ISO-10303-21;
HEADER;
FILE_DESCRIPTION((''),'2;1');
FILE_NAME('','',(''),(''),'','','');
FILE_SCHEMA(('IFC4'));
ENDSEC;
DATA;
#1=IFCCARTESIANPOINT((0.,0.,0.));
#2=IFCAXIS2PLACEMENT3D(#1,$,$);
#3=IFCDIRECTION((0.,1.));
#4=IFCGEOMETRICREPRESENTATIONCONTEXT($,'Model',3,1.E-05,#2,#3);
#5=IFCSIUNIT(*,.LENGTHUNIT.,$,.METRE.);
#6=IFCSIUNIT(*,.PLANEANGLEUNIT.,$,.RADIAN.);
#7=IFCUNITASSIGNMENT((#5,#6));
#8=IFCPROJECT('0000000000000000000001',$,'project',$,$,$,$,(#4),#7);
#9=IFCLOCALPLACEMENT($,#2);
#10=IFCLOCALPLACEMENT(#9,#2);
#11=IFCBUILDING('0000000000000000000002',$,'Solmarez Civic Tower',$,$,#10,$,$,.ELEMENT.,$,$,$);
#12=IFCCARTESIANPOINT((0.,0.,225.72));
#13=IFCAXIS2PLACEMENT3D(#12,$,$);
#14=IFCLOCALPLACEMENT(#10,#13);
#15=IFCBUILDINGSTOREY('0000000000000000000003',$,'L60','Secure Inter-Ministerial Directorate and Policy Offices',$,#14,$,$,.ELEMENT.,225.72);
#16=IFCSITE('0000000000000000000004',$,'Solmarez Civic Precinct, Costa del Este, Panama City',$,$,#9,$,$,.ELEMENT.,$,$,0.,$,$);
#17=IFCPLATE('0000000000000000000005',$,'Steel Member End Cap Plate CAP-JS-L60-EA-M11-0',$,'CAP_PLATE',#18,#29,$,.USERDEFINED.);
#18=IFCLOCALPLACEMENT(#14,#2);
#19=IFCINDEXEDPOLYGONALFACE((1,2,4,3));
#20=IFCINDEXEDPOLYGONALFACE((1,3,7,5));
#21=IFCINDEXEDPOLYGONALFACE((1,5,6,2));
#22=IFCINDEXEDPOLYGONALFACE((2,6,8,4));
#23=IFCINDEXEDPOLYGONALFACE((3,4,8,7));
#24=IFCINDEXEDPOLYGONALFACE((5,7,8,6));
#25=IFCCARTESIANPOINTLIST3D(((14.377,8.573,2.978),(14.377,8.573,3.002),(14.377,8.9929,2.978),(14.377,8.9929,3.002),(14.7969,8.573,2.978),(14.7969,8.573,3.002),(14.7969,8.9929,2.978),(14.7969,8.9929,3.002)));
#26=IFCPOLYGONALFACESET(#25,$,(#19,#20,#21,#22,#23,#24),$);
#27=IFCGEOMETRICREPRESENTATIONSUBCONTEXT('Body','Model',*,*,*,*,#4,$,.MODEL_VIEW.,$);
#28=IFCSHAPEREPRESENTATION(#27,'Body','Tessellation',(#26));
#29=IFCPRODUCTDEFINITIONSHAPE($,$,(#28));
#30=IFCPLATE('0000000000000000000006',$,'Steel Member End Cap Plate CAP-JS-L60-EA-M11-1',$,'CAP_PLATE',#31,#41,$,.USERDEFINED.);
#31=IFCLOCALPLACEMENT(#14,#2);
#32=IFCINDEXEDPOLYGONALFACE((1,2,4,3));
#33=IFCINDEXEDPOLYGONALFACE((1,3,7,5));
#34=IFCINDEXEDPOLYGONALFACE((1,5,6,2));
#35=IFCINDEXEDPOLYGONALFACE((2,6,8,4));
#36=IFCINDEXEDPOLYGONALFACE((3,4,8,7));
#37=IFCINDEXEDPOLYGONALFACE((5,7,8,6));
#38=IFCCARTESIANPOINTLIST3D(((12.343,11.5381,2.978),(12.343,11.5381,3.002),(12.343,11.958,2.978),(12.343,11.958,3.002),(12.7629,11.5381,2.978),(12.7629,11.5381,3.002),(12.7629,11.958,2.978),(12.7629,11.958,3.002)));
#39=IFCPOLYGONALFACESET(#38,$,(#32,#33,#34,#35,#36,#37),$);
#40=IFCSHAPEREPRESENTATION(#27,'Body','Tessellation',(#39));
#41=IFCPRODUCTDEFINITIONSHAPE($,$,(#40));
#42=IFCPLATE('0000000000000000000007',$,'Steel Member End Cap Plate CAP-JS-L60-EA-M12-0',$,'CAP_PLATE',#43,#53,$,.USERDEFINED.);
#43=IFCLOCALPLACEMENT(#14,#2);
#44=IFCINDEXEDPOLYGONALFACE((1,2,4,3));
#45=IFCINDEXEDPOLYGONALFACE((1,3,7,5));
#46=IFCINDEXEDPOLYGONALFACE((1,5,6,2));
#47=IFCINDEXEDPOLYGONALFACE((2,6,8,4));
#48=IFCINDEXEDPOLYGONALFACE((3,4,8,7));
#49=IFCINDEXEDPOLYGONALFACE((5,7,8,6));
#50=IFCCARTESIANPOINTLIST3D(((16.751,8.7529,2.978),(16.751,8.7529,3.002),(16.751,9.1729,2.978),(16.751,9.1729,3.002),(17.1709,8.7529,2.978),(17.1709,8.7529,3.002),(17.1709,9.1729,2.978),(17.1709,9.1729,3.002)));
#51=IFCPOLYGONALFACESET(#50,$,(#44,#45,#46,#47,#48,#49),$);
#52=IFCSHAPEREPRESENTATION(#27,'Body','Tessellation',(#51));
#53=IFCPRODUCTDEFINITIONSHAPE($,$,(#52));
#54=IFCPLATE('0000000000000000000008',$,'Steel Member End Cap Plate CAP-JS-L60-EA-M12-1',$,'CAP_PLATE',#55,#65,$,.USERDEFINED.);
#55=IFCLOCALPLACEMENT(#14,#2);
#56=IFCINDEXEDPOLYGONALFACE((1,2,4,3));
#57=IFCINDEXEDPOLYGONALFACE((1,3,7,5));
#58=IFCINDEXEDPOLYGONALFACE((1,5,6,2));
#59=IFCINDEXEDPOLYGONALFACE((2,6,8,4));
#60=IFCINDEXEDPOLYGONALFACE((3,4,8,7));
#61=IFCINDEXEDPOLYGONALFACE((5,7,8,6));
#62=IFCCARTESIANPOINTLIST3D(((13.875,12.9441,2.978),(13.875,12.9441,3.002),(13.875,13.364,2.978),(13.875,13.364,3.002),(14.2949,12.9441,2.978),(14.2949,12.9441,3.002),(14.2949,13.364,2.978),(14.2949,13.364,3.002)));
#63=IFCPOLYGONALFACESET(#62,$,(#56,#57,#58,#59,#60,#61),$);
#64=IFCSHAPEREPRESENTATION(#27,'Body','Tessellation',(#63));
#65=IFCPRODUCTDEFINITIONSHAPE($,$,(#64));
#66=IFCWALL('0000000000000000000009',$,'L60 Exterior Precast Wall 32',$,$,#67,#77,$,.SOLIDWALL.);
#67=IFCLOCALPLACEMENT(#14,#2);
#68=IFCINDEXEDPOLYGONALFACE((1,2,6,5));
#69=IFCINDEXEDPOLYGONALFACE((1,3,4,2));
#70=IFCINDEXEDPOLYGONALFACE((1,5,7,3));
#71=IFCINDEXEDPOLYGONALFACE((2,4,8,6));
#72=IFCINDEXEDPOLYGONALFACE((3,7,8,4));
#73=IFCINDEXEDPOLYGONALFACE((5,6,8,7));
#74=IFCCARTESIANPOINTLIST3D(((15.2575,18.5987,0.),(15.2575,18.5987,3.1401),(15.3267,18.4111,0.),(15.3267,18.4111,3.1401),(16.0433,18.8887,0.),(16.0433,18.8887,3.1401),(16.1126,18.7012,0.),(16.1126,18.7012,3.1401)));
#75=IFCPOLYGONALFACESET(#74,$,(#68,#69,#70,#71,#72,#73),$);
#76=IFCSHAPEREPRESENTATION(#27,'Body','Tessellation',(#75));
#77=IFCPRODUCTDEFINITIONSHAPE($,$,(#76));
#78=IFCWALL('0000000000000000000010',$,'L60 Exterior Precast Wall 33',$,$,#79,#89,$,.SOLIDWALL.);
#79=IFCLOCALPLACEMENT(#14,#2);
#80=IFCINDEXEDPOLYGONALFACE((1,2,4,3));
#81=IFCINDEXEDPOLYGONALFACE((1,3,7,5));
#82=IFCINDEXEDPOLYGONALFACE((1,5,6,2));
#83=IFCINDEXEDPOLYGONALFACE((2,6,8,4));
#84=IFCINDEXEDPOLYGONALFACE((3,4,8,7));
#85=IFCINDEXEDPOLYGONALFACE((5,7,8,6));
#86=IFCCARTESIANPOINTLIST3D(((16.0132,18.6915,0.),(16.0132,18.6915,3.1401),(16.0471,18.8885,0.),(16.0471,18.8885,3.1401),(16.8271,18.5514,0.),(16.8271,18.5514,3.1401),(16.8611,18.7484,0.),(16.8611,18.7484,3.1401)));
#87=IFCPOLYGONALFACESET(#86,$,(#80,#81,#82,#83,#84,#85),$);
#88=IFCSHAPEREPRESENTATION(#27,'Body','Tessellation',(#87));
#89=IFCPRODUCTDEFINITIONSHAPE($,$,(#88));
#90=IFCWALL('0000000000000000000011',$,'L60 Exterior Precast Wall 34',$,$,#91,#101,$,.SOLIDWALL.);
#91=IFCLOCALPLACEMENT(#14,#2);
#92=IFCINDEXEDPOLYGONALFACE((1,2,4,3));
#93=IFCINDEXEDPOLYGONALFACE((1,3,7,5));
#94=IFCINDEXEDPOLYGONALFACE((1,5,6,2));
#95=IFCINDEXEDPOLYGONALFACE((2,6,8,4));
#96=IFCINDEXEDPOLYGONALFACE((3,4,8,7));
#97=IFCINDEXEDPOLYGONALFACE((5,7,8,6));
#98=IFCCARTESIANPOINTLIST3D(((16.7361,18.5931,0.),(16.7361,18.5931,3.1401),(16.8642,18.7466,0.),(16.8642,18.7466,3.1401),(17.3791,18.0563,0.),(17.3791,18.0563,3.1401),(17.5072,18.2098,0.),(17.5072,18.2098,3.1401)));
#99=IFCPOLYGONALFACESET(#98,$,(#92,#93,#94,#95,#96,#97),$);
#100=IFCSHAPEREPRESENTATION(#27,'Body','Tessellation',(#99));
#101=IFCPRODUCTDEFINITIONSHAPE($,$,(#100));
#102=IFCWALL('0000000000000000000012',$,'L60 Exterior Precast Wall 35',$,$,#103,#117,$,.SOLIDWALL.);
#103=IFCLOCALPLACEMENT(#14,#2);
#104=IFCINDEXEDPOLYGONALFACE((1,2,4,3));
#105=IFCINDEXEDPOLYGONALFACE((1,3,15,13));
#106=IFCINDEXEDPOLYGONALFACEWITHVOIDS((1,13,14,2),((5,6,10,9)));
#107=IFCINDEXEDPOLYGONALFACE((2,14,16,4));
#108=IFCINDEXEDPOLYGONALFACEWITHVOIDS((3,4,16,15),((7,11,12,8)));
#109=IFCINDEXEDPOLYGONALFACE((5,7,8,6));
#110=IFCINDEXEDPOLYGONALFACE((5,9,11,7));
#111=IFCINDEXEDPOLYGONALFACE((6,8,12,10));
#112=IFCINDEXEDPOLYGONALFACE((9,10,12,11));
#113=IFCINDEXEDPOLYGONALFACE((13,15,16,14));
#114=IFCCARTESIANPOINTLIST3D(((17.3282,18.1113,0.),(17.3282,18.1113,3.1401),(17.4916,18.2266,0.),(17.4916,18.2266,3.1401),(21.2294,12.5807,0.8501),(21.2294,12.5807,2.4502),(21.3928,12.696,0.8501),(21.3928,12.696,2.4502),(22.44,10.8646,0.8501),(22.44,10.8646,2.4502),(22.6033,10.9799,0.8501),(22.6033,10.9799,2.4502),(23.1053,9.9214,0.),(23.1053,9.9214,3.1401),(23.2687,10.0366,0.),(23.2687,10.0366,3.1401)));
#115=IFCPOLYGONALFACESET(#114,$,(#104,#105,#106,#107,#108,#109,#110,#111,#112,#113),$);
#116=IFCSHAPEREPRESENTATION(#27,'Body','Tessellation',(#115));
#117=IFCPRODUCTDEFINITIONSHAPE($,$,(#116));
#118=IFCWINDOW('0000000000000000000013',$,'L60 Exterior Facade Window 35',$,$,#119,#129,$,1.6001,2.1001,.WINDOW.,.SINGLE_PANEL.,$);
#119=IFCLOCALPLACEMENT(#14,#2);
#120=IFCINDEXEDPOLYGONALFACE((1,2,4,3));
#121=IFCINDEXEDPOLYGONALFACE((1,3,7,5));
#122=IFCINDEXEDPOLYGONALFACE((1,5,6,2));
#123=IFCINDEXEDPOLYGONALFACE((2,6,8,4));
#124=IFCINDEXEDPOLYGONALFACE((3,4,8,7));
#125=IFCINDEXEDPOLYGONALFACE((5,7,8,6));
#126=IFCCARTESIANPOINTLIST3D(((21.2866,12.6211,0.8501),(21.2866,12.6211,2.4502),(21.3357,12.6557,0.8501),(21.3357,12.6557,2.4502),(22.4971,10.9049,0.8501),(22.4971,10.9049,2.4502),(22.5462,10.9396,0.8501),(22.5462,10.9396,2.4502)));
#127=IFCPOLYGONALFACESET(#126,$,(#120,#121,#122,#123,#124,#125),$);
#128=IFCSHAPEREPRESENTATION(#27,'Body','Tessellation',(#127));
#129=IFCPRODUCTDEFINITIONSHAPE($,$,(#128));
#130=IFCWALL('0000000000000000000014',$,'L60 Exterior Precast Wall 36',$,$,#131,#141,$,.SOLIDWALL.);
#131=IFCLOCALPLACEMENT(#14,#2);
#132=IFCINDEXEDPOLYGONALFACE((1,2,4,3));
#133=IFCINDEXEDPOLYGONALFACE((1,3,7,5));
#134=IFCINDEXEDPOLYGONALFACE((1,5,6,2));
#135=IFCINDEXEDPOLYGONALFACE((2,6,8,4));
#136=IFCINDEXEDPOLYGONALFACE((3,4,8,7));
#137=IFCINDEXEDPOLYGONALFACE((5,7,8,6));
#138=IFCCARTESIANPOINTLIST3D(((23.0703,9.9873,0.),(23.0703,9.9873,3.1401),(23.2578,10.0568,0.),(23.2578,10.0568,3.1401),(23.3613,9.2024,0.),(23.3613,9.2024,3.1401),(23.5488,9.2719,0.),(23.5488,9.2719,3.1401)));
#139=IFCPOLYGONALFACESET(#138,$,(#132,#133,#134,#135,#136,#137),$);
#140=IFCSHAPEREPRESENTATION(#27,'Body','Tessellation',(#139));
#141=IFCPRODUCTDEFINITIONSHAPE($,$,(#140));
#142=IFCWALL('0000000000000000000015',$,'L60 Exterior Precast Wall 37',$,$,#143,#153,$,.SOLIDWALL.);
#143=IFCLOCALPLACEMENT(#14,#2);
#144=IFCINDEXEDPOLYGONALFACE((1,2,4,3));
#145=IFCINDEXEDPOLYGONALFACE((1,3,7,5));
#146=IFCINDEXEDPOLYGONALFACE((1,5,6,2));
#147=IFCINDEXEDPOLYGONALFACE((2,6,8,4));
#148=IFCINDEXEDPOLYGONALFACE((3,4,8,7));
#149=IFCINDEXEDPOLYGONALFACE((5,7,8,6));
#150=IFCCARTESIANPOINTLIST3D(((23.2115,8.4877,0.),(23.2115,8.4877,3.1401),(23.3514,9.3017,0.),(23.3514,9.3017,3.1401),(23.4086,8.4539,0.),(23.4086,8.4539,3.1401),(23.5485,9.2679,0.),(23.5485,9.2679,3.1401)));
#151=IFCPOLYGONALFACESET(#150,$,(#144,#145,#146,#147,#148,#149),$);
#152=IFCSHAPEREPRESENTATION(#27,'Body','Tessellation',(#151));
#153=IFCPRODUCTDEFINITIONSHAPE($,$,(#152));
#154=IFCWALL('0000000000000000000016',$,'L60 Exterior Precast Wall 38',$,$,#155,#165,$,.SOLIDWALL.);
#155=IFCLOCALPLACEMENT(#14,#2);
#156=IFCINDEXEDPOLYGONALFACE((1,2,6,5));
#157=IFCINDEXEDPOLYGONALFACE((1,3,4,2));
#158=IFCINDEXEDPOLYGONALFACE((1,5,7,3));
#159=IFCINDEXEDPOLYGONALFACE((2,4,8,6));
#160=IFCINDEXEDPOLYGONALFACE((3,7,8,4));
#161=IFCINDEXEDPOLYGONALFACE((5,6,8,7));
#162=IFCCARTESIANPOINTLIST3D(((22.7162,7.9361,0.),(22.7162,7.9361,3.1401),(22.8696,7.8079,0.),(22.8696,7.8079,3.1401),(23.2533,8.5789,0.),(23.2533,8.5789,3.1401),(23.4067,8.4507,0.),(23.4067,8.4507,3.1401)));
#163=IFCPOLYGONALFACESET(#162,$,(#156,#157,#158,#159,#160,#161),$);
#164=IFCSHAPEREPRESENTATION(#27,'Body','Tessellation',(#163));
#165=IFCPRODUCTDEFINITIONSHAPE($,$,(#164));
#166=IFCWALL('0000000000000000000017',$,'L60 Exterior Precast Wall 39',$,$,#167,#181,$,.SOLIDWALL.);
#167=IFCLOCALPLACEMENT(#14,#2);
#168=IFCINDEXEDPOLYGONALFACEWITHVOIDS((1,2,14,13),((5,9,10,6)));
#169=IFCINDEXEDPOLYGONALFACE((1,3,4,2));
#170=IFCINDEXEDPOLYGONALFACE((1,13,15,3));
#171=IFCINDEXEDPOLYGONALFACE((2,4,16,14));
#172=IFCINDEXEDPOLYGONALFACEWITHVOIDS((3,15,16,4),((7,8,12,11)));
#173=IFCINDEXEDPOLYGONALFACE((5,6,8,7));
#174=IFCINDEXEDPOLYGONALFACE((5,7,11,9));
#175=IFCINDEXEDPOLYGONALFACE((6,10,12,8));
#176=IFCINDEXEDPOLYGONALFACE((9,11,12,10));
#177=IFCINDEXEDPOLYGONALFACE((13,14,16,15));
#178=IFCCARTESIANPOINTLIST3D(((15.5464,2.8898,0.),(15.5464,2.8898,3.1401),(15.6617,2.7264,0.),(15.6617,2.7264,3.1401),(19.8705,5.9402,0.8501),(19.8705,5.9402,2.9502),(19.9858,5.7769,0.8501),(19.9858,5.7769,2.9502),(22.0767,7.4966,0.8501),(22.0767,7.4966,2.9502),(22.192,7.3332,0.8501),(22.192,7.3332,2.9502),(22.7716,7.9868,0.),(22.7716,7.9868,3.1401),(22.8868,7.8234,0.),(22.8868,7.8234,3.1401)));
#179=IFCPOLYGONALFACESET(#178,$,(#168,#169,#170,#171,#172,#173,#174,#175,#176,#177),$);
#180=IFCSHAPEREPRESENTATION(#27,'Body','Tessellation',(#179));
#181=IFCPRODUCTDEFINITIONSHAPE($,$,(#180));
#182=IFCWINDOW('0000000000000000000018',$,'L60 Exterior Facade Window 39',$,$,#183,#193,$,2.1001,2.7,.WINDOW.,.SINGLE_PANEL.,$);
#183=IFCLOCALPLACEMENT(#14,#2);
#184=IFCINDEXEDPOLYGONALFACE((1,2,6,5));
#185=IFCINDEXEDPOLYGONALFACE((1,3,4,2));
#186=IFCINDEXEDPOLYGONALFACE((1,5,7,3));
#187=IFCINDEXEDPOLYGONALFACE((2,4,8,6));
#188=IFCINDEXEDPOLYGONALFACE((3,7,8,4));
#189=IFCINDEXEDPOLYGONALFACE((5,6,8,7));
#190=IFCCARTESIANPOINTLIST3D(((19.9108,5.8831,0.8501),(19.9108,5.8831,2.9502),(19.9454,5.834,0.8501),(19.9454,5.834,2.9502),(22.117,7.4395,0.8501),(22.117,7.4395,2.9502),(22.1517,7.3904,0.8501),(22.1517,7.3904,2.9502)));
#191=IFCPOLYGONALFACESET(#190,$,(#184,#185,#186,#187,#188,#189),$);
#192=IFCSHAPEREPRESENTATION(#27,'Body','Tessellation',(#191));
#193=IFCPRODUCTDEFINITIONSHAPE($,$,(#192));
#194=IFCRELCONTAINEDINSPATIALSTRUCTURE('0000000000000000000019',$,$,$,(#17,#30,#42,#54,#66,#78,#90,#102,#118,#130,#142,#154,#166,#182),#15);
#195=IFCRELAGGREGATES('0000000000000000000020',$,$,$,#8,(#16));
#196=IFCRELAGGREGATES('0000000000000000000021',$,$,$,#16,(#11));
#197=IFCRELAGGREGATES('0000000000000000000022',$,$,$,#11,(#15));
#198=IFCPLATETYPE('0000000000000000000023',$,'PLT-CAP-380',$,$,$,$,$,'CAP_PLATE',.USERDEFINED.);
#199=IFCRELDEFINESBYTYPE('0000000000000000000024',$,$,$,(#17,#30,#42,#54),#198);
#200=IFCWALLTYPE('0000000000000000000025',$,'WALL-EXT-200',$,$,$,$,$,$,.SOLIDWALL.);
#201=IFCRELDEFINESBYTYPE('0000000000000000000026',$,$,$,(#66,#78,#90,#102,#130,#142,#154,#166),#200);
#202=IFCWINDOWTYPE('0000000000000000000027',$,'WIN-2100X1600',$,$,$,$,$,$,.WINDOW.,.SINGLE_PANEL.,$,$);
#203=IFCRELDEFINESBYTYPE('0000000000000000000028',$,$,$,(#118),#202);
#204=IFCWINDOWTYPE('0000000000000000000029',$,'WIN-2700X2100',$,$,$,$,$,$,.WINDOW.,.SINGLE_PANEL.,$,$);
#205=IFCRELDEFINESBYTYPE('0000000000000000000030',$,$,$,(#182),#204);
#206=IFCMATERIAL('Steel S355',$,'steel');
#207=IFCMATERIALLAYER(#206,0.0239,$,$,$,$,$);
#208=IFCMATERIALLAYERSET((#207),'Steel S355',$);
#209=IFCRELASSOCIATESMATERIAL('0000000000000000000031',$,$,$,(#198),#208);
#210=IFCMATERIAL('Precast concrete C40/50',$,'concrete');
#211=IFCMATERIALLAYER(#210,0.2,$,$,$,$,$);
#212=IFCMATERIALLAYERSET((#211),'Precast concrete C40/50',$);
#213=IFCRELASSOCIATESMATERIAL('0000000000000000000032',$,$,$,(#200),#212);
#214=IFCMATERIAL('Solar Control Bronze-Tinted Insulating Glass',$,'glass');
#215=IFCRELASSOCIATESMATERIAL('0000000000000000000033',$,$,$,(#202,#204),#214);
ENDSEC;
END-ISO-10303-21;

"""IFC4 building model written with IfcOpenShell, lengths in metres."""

from ifc_helpers import new_model, si_unit, direction, frame, frame_2d, origin, origin_2d, place, context, subcontext, project, spatial, rectangle, extrude, material, layer, layer_set, type_object, element, fill, save


model = new_model("IFC4")

# Units and contexts
model_context = context("Model", 3, precision=1e-05, world=origin(), true_north=direction((0.0, 1.0)))
body_context = subcontext(model_context, "Body", "Model", "MODEL_VIEW")
ifc_project = project(units=[si_unit("LENGTHUNIT", "METRE"), si_unit("PLANEANGLEUNIT", "RADIAN")], contexts=[model_context])

# Site, building, storey
site_placement = place(None, origin())
site = spatial("IfcSite", under=ifc_project, at=site_placement, Name="Solmarez Civic Precinct, Costa del Este, Panama City", CompositionType="ELEMENT", RefElevation=0.0)
building_placement = place(site_placement, origin())
building = spatial("IfcBuilding", under=site, at=building_placement, Name="Solmarez Civic Tower", CompositionType="ELEMENT")
storey_placement = place(building_placement, frame((0.0, 0.0, 225.72)))
storey = spatial("IfcBuildingStorey", under=building, at=storey_placement, Name="L60", Description="Secure Inter-Ministerial Directorate and Policy Offices", CompositionType="ELEMENT", Elevation=225.72)

# Shared definitions
ifc_material_1 = material(Name="Steel S355", Category="steel")

# Plates
ifc_layer_1 = layer(ifc_material_1, 0.0239)
ifc_layer_set_1 = layer_set([ifc_layer_1], Name="Steel S355")
plate_type_1 = type_object("IfcPlateType", Name="PLT-CAP-380", ElementType="CAP_PLATE", PredefinedType="USERDEFINED", material=ifc_layer_set_1)
for number, where, z_axis, x_axis, name in (
    (1, (14.5869, 8.783, 2.978), (0.0, 0.0, 1.0), (1.0, 0.0, 0.0), "Steel Member End Cap Plate CAP-JS-L60-EA-M11-0"),
    (2, (12.553, 11.748, 2.978), (0.0, 0.0, 1.0), (1.0, 0.0, 0.0), "Steel Member End Cap Plate CAP-JS-L60-EA-M11-1"),
    (3, (16.9609, 8.9629, 2.978), (0.0, 0.0, 1.0), (1.0, 0.0, 0.0), "Steel Member End Cap Plate CAP-JS-L60-EA-M12-0"),
    (4, (14.085, 13.1541, 2.978), (0.0, 0.0, 1.0), (1.0, 0.0, 0.0), "Steel Member End Cap Plate CAP-JS-L60-EA-M12-1"),
):
    element("IfcPlate", number, at=place(storey_placement, frame(where, z_axis=z_axis, x_axis=x_axis)), inside=storey, type_object=plate_type_1, Name=name, ObjectType="CAP_PLATE", PredefinedType="USERDEFINED", context=body_context, shape_type="SweptSolid", body=[
        extrude(rectangle(XDim=0.4199, YDim=0.4199, at=origin_2d()), origin(), (0.0, 0.0, 1.0), 0.0239),
    ])

# Walls
ifc_material_2 = material(Name="Precast concrete C40/50", Category="concrete")
ifc_layer_2 = layer(ifc_material_2, 0.2)
ifc_layer_set_2 = layer_set([ifc_layer_2], Name="Precast concrete C40/50")
wall_type_1 = type_object("IfcWallType", Name="WALL-EXT-200", PredefinedType="SOLIDWALL", material=ifc_layer_set_2)
wall_1_placement = place(storey_placement, frame((15.292, 18.5049, 0.0), z_axis=(0.0, 0.0, 1.0), x_axis=(0.938149, 0.346232, 0.0)))
element("IfcWall", 5, at=wall_1_placement, inside=storey, type_object=wall_type_1, Name="L60 Exterior Precast Wall 32", PredefinedType="SOLIDWALL", context=body_context, shape_type="SweptSolid", body=[
    extrude(rectangle(XDim=0.8376, YDim=0.2, at=frame_2d((0.4189, 0.0))), origin(), (0.0, 0.0, 1.0), 3.1401),
])
wall_2_placement = place(storey_placement, frame((16.03, 18.79, 0.0), z_axis=(0.0, 0.0, 1.0), x_axis=(0.985501, -0.169669, 0.0)))
element("IfcWall", 6, at=wall_2_placement, inside=storey, type_object=wall_type_1, Name="L60 Exterior Precast Wall 33", PredefinedType="SOLIDWALL", context=body_context, shape_type="SweptSolid", body=[
    extrude(rectangle(XDim=0.8259, YDim=0.2, at=frame_2d((0.4131, 0.0))), origin(), (0.0, 0.0, 1.0), 3.1401),
])
wall_3_placement = place(storey_placement, frame((16.8, 18.6699, 0.0), z_axis=(0.0, 0.0, 1.0), x_axis=(0.767648, -0.640872, 0.0)))
element("IfcWall", 7, at=wall_3_placement, inside=storey, type_object=wall_type_1, Name="L60 Exterior Precast Wall 34", PredefinedType="SOLIDWALL", context=body_context, shape_type="SweptSolid", body=[
    extrude(rectangle(XDim=0.8376, YDim=0.2, at=frame_2d((0.4189, 0.0))), origin(), (0.0, 0.0, 1.0), 3.1401),
])

# Wall, opening, window
wall_4_placement = place(storey_placement, frame((17.4099, 18.1689, 0.0), z_axis=(0.0, 0.0, 1.0), x_axis=(0.576414, -0.817158, 0.0)))
wall_4 = element("IfcWall", 8, at=wall_4_placement, inside=storey, type_object=wall_type_1, Name="L60 Exterior Precast Wall 35", PredefinedType="SOLIDWALL", context=body_context, shape_type="SweptSolid", body=[
    extrude(rectangle(XDim=10.0225, YDim=0.2, at=frame_2d((5.0112, 0.0))), origin(), (0.0, 0.0, 1.0), 3.1401),
])
opening_1_placement = place(wall_4_placement, frame((6.7681, 0.0, 0.8501)))
opening_1 = element("IfcOpeningElement", 9, at=opening_1_placement, cuts=wall_4, PredefinedType="OPENING", context=body_context, shape_type="SweptSolid", body=[
    extrude(rectangle(XDim=2.1001, YDim=1.6001, at=frame_2d((1.05, 0.8))), frame((0.0, 0.1099, 0.0), z_axis=(0.0, -1.0, 0.0), x_axis=(1.0, 0.0, 0.0)), (0.0, 0.0, 1.0), 0.22),
])
ifc_material_3 = material(Name="Solar Control Bronze-Tinted Insulating Glass", Category="glass")
window_type_1 = type_object("IfcWindowType", Name="WIN-2100X1600", PartitioningType="SINGLE_PANEL", PredefinedType="WINDOW", material=ifc_material_3)
window_1_placement = place(opening_1_placement, origin())
window_1 = element("IfcWindow", 10, at=window_1_placement, inside=storey, type_object=window_type_1, Name="L60 Exterior Facade Window 35", OverallHeight=1.6001, OverallWidth=2.1001, PartitioningType="SINGLE_PANEL", PredefinedType="WINDOW", context=body_context, shape_type="SweptSolid", body=[
    extrude(rectangle(XDim=2.1001, YDim=1.6001, at=frame_2d((1.05, 0.8))), frame((0.0, 0.03, 0.0), z_axis=(0.0, -1.0, 0.0), x_axis=(1.0, 0.0, 0.0)), (0.0, 0.0, 1.0), 0.0601),
])
fill(opening_1, window_1)

# Walls
wall_5_placement = place(storey_placement, frame((23.1641, 10.022, 0.0), z_axis=(0.0, 0.0, 1.0), x_axis=(0.347637, -0.937629, 0.0)))
element("IfcWall", 11, at=wall_5_placement, inside=storey, type_object=wall_type_1, Name="L60 Exterior Precast Wall 36", PredefinedType="SOLIDWALL", context=body_context, shape_type="SweptSolid", body=[
    extrude(rectangle(XDim=0.8372, YDim=0.2, at=frame_2d((0.4185, 0.0))), origin(), (0.0, 0.0, 1.0), 3.1401),
])
wall_6_placement = place(storey_placement, frame((23.45, 9.2849, 0.0), z_axis=(0.0, 0.0, 1.0), x_axis=(-0.169382, -0.98555, 0.0)))
element("IfcWall", 12, at=wall_6_placement, inside=storey, type_object=wall_type_1, Name="L60 Exterior Precast Wall 37", PredefinedType="SOLIDWALL", context=body_context, shape_type="SweptSolid", body=[
    extrude(rectangle(XDim=0.8259, YDim=0.2, at=frame_2d((0.4131, 0.0))), origin(), (0.0, 0.0, 1.0), 3.1401),
])
wall_7_placement = place(storey_placement, frame((23.3301, 8.5149, 0.0), z_axis=(0.0, 0.0, 1.0), x_axis=(-0.641187, -0.767385, 0.0)))
element("IfcWall", 13, at=wall_7_placement, inside=storey, type_object=wall_type_1, Name="L60 Exterior Precast Wall 38", PredefinedType="SOLIDWALL", context=body_context, shape_type="SweptSolid", body=[
    extrude(rectangle(XDim=0.8376, YDim=0.2, at=frame_2d((0.4189, 0.0))), origin(), (0.0, 0.0, 1.0), 3.1401),
])

# Wall, opening, window
wall_8_placement = place(storey_placement, frame((22.8291, 7.905, 0.0), z_axis=(0.0, 0.0, 1.0), x_axis=(-0.817135, -0.576446, 0.0)))
wall_8 = element("IfcWall", 14, at=wall_8_placement, inside=storey, type_object=wall_type_1, Name="L60 Exterior Precast Wall 39", PredefinedType="SOLIDWALL", context=body_context, shape_type="SweptSolid", body=[
    extrude(rectangle(XDim=8.842, YDim=0.2, at=frame_2d((4.4209, 0.0))), origin(), (0.0, 0.0, 1.0), 3.1401),
])
opening_2_placement = place(wall_8_placement, frame((0.8501, 0.0, 0.8501)))
opening_2 = element("IfcOpeningElement", 15, at=opening_2_placement, cuts=wall_8, PredefinedType="OPENING", context=body_context, shape_type="SweptSolid", body=[
    extrude(rectangle(XDim=2.7, YDim=2.1001, at=frame_2d((1.3501, 1.05))), frame((0.0, 0.1099, 0.0), z_axis=(0.0, -1.0, 0.0), x_axis=(1.0, 0.0, 0.0)), (0.0, 0.0, 1.0), 0.22),
])
window_type_2 = type_object("IfcWindowType", Name="WIN-2700X2100", PartitioningType="SINGLE_PANEL", PredefinedType="WINDOW", material=ifc_material_3)
window_2_placement = place(opening_2_placement, origin())
window_2 = element("IfcWindow", 16, at=window_2_placement, inside=storey, type_object=window_type_2, Name="L60 Exterior Facade Window 39", OverallHeight=2.1001, OverallWidth=2.7, PartitioningType="SINGLE_PANEL", PredefinedType="WINDOW", context=body_context, shape_type="SweptSolid", body=[
    extrude(rectangle(XDim=2.7, YDim=2.1001, at=frame_2d((1.3501, 1.05))), frame((0.0, 0.03, 0.0), z_axis=(0.0, -1.0, 0.0), x_axis=(1.0, 0.0, 0.0)), (0.0, 0.0, 1.0), 0.0601),
])
fill(opening_2, window_2)

save(model, "model.ifc")
